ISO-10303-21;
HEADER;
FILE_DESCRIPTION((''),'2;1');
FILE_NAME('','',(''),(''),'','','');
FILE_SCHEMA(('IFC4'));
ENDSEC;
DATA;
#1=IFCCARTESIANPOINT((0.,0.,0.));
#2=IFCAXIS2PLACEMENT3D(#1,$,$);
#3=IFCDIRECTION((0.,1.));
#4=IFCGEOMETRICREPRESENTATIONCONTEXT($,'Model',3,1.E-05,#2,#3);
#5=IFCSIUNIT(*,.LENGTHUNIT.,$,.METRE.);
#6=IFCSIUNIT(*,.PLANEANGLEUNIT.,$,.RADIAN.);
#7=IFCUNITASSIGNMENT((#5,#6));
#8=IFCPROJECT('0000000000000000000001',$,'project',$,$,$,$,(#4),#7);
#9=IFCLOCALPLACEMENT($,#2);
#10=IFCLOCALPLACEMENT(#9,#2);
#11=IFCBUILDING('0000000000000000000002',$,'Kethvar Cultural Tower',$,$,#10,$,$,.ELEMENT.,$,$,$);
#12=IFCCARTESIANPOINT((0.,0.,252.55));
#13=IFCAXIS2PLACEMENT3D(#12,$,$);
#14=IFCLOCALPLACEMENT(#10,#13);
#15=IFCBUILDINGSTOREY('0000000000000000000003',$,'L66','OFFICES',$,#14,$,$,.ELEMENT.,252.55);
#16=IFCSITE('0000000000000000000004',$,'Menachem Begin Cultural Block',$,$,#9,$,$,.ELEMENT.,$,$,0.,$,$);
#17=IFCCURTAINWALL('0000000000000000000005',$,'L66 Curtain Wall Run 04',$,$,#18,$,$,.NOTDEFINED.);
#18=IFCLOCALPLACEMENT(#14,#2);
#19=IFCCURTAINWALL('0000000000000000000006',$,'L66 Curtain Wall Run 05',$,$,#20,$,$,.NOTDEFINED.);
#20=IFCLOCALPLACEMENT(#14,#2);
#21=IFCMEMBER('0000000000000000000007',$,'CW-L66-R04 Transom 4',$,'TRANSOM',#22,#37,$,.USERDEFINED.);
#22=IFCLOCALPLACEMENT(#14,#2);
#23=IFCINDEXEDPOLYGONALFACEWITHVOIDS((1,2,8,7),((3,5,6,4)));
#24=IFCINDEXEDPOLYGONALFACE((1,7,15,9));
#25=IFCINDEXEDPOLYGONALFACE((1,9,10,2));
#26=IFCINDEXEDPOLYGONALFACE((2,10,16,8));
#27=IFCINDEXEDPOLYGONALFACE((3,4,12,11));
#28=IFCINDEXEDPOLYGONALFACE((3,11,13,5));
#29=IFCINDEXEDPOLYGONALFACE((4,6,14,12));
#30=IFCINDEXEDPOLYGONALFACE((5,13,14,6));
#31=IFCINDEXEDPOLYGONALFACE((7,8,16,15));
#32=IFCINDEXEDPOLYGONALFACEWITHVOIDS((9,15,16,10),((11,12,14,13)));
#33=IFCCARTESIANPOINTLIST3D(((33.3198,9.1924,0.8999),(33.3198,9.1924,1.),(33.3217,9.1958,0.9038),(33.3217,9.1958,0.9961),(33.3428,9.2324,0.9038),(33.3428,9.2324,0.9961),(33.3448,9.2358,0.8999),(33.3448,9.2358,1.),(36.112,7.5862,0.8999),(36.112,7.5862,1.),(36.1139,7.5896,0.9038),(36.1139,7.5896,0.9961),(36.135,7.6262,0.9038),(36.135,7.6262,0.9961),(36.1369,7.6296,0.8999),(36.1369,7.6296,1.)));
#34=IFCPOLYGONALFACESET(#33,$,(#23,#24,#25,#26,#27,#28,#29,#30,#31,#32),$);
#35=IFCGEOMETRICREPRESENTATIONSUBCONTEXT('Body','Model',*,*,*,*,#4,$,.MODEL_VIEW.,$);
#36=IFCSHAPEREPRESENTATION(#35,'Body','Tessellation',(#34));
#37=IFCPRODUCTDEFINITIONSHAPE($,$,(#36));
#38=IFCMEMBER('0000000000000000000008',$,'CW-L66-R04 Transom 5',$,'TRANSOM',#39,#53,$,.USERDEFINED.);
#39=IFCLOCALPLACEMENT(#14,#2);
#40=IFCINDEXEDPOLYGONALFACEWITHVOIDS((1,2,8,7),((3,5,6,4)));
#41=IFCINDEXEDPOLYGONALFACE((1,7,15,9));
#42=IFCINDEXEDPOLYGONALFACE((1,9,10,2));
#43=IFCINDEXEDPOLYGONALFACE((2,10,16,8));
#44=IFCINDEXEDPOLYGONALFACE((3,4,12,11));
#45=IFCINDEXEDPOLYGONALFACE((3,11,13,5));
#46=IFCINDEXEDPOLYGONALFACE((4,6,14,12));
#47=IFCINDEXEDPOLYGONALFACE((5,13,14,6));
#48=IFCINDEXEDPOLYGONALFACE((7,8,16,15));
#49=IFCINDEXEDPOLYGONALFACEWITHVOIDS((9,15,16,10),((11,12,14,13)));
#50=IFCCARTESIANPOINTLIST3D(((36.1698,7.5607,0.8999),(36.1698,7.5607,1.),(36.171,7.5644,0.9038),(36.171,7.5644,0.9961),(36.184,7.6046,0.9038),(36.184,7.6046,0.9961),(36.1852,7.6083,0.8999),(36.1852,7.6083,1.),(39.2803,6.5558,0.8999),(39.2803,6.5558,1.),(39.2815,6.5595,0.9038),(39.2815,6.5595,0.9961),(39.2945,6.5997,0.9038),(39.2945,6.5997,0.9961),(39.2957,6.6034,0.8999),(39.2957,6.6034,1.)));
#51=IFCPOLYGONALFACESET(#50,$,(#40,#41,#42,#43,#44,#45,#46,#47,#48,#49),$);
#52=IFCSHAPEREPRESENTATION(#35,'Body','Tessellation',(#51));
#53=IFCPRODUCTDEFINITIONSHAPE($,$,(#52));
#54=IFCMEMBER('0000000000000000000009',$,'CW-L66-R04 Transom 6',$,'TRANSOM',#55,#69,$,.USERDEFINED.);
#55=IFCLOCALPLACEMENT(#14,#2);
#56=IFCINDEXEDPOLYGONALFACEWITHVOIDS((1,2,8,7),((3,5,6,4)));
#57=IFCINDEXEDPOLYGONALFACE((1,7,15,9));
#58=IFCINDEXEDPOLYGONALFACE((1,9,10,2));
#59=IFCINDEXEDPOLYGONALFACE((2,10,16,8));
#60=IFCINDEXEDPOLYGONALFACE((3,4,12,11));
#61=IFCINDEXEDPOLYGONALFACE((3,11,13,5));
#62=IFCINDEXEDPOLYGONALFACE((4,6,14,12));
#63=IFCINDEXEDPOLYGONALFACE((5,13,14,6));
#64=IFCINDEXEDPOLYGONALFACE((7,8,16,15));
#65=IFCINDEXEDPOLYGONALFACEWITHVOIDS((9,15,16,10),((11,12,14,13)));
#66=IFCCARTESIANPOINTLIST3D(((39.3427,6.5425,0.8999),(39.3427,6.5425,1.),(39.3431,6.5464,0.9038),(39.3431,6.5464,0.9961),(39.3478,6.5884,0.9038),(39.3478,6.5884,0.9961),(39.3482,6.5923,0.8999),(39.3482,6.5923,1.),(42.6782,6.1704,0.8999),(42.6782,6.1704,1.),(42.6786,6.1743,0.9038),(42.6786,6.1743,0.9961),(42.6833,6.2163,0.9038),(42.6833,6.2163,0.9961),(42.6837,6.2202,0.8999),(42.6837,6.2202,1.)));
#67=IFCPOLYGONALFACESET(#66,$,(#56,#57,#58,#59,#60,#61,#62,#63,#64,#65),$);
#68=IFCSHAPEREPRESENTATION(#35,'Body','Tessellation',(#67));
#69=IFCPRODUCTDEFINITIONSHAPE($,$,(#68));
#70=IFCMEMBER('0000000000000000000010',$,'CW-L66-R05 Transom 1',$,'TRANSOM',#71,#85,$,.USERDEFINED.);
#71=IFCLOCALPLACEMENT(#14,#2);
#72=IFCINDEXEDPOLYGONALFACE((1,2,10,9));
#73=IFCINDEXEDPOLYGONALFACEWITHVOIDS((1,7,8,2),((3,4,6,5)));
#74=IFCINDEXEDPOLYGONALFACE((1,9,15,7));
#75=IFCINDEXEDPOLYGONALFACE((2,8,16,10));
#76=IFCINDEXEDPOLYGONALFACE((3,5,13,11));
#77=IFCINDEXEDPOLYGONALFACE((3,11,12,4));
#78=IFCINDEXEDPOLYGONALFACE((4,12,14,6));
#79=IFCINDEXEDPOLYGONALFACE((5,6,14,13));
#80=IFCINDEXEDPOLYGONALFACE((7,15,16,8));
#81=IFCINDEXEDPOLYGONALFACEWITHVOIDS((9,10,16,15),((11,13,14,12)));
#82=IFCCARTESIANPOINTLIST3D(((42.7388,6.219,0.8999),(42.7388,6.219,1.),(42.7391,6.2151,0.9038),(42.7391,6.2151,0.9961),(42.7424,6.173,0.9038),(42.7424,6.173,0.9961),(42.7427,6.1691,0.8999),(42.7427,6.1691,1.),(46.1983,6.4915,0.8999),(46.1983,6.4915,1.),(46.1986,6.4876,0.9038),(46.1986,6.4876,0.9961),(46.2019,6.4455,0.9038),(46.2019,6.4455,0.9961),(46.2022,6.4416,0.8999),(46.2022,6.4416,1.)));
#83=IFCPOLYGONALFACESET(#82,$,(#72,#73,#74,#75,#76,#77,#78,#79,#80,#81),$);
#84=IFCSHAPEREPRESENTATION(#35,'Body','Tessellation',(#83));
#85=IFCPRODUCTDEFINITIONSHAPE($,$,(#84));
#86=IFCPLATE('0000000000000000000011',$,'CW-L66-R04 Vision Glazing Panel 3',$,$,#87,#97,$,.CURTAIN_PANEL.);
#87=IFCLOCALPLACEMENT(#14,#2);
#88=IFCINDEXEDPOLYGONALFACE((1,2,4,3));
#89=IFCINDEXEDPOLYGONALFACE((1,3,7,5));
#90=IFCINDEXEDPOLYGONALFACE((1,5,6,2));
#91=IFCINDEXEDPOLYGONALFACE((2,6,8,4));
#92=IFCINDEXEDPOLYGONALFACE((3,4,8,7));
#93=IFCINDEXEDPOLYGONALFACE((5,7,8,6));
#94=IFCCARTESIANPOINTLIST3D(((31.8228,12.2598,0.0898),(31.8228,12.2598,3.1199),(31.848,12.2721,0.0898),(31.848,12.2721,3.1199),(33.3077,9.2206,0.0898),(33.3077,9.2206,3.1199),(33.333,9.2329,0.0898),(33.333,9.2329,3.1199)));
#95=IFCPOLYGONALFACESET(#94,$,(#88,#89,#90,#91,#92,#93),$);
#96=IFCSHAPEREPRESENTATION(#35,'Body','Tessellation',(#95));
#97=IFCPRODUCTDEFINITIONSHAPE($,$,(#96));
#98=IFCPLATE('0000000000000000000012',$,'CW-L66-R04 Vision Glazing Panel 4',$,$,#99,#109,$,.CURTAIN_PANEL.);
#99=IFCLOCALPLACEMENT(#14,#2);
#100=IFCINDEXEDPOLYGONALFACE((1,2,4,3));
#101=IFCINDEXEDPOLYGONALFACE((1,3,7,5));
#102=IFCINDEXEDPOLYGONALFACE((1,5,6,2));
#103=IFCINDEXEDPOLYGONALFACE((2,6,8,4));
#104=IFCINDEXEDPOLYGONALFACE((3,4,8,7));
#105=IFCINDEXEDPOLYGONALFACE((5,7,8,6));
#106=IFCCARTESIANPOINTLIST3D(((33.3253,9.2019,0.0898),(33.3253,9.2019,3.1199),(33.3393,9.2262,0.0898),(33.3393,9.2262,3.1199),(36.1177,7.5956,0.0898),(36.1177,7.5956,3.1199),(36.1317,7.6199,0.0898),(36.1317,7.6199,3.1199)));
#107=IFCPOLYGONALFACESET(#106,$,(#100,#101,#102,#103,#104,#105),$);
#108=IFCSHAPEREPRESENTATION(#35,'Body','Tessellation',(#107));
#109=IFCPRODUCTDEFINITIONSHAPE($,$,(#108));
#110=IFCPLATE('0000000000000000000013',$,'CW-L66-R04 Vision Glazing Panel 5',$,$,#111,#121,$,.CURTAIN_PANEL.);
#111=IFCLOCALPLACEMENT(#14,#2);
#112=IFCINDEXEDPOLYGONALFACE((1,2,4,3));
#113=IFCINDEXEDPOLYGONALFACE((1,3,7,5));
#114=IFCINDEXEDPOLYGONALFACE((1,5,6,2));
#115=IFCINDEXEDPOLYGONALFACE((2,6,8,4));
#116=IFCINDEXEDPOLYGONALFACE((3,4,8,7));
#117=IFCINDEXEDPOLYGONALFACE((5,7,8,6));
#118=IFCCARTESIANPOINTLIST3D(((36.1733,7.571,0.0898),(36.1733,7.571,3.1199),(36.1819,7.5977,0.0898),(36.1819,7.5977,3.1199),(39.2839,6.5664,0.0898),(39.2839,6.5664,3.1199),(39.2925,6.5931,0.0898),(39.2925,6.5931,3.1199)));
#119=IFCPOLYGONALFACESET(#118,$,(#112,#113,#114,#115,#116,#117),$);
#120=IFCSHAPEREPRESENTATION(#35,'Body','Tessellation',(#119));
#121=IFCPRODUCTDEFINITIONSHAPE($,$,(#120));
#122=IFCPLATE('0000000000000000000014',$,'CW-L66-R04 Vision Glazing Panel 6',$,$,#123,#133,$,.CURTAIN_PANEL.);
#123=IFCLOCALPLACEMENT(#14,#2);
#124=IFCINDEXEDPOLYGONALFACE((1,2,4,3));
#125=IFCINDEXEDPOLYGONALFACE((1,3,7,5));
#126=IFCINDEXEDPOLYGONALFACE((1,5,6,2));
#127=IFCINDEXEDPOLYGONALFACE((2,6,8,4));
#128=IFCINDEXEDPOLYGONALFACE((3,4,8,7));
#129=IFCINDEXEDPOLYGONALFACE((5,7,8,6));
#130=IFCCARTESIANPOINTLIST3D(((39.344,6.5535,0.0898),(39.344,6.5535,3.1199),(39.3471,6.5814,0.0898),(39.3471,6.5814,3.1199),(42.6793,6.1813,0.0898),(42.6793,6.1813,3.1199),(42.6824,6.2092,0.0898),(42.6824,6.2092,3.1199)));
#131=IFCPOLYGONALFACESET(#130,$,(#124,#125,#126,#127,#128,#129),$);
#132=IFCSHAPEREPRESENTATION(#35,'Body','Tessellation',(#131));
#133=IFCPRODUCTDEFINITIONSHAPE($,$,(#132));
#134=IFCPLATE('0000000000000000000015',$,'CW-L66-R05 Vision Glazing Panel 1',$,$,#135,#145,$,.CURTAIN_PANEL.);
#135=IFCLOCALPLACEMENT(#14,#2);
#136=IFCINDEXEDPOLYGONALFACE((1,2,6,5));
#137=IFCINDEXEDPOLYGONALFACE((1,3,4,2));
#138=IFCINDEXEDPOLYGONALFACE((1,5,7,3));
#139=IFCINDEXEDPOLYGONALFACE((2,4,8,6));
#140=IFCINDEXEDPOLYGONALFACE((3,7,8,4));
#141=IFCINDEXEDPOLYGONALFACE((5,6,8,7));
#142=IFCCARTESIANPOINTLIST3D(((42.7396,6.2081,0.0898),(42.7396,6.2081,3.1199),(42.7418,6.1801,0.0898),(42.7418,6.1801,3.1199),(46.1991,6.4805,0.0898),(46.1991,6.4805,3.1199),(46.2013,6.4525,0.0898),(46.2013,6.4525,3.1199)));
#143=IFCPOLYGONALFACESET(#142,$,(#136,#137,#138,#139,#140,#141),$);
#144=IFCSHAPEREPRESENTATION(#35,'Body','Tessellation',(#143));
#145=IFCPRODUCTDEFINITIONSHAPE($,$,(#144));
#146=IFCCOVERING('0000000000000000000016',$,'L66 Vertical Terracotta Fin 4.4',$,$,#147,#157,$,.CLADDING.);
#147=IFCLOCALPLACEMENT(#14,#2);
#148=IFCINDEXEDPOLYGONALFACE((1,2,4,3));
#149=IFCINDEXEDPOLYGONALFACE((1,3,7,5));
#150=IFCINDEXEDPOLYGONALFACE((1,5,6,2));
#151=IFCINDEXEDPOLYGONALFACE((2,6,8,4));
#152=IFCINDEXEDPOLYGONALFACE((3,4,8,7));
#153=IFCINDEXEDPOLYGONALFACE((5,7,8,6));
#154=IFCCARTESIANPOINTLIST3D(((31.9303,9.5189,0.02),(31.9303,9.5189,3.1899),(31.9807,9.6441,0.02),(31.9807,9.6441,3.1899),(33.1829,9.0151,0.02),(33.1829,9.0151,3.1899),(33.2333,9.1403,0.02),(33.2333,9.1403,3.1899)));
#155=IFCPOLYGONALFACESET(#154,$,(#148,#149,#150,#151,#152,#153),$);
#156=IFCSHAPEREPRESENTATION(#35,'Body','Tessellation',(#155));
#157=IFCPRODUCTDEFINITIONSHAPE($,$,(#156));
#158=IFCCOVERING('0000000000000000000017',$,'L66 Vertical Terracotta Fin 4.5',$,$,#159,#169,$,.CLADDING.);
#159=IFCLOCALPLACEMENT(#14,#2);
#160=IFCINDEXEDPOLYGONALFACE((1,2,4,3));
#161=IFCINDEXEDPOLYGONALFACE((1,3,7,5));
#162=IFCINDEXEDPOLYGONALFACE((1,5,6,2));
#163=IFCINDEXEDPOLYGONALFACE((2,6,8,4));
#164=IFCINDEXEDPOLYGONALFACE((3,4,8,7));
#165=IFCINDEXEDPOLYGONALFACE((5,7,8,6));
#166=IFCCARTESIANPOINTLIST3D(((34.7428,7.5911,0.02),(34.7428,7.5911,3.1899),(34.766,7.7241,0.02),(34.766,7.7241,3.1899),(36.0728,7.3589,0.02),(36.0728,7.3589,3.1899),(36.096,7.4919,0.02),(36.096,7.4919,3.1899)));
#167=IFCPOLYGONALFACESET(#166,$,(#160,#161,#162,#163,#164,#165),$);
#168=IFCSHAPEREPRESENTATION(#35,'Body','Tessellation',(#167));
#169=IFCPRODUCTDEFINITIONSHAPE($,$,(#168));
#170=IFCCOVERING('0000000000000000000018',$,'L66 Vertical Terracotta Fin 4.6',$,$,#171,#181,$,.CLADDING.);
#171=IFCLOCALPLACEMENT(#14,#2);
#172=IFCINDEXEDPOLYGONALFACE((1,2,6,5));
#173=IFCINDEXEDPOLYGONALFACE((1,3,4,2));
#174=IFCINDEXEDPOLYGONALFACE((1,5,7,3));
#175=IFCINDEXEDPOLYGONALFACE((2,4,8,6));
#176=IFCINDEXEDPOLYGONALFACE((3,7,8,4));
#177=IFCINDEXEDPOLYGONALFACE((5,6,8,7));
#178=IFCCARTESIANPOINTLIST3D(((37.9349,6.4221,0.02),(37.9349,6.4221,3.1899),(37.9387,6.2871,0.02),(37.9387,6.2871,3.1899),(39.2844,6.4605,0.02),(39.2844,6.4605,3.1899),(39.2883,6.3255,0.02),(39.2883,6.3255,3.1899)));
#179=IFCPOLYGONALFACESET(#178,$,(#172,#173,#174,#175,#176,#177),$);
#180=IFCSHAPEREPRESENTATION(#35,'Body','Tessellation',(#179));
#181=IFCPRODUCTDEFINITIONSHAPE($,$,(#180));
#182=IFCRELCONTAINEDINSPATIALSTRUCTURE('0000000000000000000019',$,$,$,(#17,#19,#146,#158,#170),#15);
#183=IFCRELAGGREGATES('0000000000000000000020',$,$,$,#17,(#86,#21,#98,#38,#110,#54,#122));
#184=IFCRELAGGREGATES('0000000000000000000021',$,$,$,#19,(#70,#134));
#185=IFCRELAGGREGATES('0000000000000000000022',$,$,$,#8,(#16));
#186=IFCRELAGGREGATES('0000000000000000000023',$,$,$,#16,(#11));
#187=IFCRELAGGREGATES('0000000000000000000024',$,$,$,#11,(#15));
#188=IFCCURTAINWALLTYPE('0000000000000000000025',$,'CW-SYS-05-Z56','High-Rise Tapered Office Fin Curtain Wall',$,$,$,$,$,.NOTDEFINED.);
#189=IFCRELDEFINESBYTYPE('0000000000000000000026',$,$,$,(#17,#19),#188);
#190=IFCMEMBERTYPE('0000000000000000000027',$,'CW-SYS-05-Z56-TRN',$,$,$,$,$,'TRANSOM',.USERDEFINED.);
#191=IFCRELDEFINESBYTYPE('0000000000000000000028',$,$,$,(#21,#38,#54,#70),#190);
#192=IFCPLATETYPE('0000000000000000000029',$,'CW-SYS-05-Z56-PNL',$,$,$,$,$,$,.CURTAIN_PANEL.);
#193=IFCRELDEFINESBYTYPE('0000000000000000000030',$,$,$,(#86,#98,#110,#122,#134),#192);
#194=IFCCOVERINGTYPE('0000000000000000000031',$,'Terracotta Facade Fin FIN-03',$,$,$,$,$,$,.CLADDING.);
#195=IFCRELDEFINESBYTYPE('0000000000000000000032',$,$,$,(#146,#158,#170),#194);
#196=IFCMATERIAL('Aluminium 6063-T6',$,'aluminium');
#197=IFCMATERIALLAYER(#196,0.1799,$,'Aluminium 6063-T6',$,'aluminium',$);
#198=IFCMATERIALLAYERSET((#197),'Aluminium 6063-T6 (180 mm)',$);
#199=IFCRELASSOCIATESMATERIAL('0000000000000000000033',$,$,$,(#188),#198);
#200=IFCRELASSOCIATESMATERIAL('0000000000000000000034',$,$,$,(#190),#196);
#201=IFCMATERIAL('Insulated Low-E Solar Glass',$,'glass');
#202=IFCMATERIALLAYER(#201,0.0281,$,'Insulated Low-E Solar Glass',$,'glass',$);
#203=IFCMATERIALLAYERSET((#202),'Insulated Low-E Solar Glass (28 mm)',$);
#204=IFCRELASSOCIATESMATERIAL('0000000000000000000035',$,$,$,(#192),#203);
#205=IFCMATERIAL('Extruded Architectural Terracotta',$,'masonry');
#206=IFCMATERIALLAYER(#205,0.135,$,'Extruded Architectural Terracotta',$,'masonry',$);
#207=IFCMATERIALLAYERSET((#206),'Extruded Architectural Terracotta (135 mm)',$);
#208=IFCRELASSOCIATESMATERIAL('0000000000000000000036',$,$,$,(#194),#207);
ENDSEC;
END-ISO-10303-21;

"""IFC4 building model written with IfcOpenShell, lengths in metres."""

from ifc_helpers import new_model, si_unit, direction, frame, origin, origin_2d, place, context, subcontext, project, spatial, rectangle, hollow_rectangle, extrude, source, transform, mapped, material, layer, layer_set, material_profile, profile_set, type_object, element, aggregate, save


model = new_model("IFC4")

# Units and contexts
model_context = context("Model", 3, precision=1e-05, world=origin(), true_north=direction((0.0, 1.0)))
body_context = subcontext(model_context, "Body", "Model", "MODEL_VIEW")
ifc_project = project(units=[si_unit("LENGTHUNIT", "METRE"), si_unit("PLANEANGLEUNIT", "RADIAN")], contexts=[model_context])

# Site, building, storey
site_placement = place(None, origin())
site = spatial("IfcSite", under=ifc_project, at=site_placement, Name="Menachem Begin Cultural Block", CompositionType="ELEMENT", RefElevation=0.0)
building_placement = place(site_placement, origin())
building = spatial("IfcBuilding", under=site, at=building_placement, Name="Kethvar Cultural Tower", CompositionType="ELEMENT")
storey_placement = place(building_placement, frame((0.0, 0.0, 252.55)))
storey = spatial("IfcBuildingStorey", under=building, at=storey_placement, Name="L66", Description="OFFICES", CompositionType="ELEMENT", Elevation=252.55)

# Curtain wall
ifc_material_1 = material(Name="Aluminium 6063-T6", Category="aluminium")
ifc_layer_1 = layer(ifc_material_1, 0.1799, Name="Aluminium 6063-T6", Category="aluminium")
ifc_layer_set_1 = layer_set([ifc_layer_1], Name="Aluminium 6063-T6 (180 mm)")
curtain_wall_type = type_object("IfcCurtainWallType", Name="CW-SYS-05-Z56", Description="High-Rise Tapered Office Fin Curtain Wall", PredefinedType="NOTDEFINED", material=ifc_layer_set_1)
curtain_wall_1_placement = place(storey_placement, origin())
curtain_wall_1 = element("IfcCurtainWall", 1, at=curtain_wall_1_placement, inside=storey, type_object=curtain_wall_type, Name="L66 Curtain Wall Run 04", PredefinedType="NOTDEFINED")

# Curtain wall
curtain_wall_2_placement = place(storey_placement, origin())
curtain_wall_2 = element("IfcCurtainWall", 2, at=curtain_wall_2_placement, inside=storey, type_object=curtain_wall_type, Name="L66 Curtain Wall Run 05", PredefinedType="NOTDEFINED")

# Members
ifc_material_profile_1 = material_profile(ifc_material_1, hollow_rectangle(XDim=0.05, YDim=0.1001, WallThickness=0.0039, at=origin_2d()), Name="Aluminium 6063-T6 — RHS100x50x4")
ifc_profile_set_1 = profile_set([ifc_material_profile_1], Name="Aluminium 6063-T6 — RHS100x50x4")
member_type_1 = type_object("IfcMemberType", Name="CW-SYS-05-Z56-TRN", ElementType="TRANSOM", PredefinedType="USERDEFINED", material=ifc_profile_set_1)
shared_shape_1 = source(origin(), body_context, "Body", "SweptSolid", [
    extrude(hollow_rectangle(XDim=0.05, YDim=0.1001, WallThickness=0.0039, at=origin_2d()), origin(), (0.0, 0.0, 1.0), 3.2212),
])
member_1_placement = place(storey_placement, frame((33.3323, 9.2141, 0.95), z_axis=(0.866817, -0.498626, 0.0), x_axis=(0.498626, 0.866817, 0.0)))
member_1 = element("IfcMember", 3, at=member_1_placement, type_object=member_type_1, Name="CW-L66-R04 Transom 4", ObjectType="TRANSOM", PredefinedType="USERDEFINED", context=body_context, shape_type="MappedRepresentation", body=[
    mapped(shared_shape_1, transform((0.0, 0.0, 0.0), scale=1.0)),
])
shared_shape_2 = source(origin(), body_context, "Body", "SweptSolid", [
    extrude(hollow_rectangle(XDim=0.05, YDim=0.1001, WallThickness=0.0039, at=origin_2d()), origin(), (0.0, 0.0, 1.0), 3.2688),
])
member_2_placement = place(storey_placement, frame((36.1775, 7.5845, 0.95), z_axis=(0.951578, -0.307409, 0.0), x_axis=(0.307409, 0.951578, 0.0)))
member_2 = element("IfcMember", 4, at=member_2_placement, type_object=member_type_1, Name="CW-L66-R04 Transom 5", ObjectType="TRANSOM", PredefinedType="USERDEFINED", context=body_context, shape_type="MappedRepresentation", body=[
    mapped(shared_shape_2, transform((0.0, 0.0, 0.0), scale=1.0)),
])
shared_shape_3 = source(origin(), body_context, "Body", "SweptSolid", [
    extrude(hollow_rectangle(XDim=0.05, YDim=0.1001, WallThickness=0.0039, at=origin_2d()), origin(), (0.0, 0.0, 1.0), 3.3562),
])
member_3_placement = place(storey_placement, frame((39.3455, 6.5674, 0.95), z_axis=(0.993836, -0.110863, 0.0), x_axis=(0.110863, 0.993836, 0.0)))
member_3 = element("IfcMember", 5, at=member_3_placement, type_object=member_type_1, Name="CW-L66-R04 Transom 6", ObjectType="TRANSOM", PredefinedType="USERDEFINED", context=body_context, shape_type="MappedRepresentation", body=[
    mapped(shared_shape_3, transform((0.0, 0.0, 0.0), scale=1.0)),
])
shared_shape_4 = source(origin(), body_context, "Body", "SweptSolid", [
    extrude(hollow_rectangle(XDim=0.05, YDim=0.1001, WallThickness=0.0039, at=origin_2d()), origin(), (0.0, 0.0, 1.0), 3.4702),
])
member_4_placement = place(storey_placement, frame((42.7407, 6.1941, 0.95), z_axis=(0.996913, 0.078515, 0.0), x_axis=(-0.078515, 0.996913, 0.0)))
member_4 = element("IfcMember", 6, at=member_4_placement, type_object=member_type_1, Name="CW-L66-R05 Transom 1", ObjectType="TRANSOM", PredefinedType="USERDEFINED", context=body_context, shape_type="MappedRepresentation", body=[
    mapped(shared_shape_4, transform((0.0, 0.0, 0.0), scale=1.0)),
])

# Plates
ifc_material_2 = material(Name="Insulated Low-E Solar Glass", Category="glass")
ifc_layer_2 = layer(ifc_material_2, 0.0281, Name="Insulated Low-E Solar Glass", Category="glass")
ifc_layer_set_2 = layer_set([ifc_layer_2], Name="Insulated Low-E Solar Glass (28 mm)")
plate_type = type_object("IfcPlateType", Name="CW-SYS-05-Z56-PNL", PredefinedType="CURTAIN_PANEL", material=ifc_layer_set_2)
shared_shape_5 = source(origin(), body_context, "Body", "SweptSolid", [
    extrude(rectangle(XDim=3.3826, YDim=0.0281, at=origin_2d()), origin(), (0.0, 0.0, 1.0), 3.03),
])
plate_1_placement = place(storey_placement, frame((32.5779, 10.7463, 0.0898), z_axis=(0.0, 0.0, 1.0), x_axis=(0.438999, -0.898488, 0.0)))
plate_1 = element("IfcPlate", 7, at=plate_1_placement, type_object=plate_type, Name="CW-L66-R04 Vision Glazing Panel 3", PredefinedType="CURTAIN_PANEL", context=body_context, shape_type="MappedRepresentation", body=[
    mapped(shared_shape_5, transform((0.0, 0.0, 0.0), scale=1.0)),
])
shared_shape_6 = source(origin(), body_context, "Body", "SweptSolid", [
    extrude(rectangle(XDim=3.2214, YDim=0.0281, at=origin_2d()), origin(), (0.0, 0.0, 1.0), 3.03),
])
plate_2_placement = place(storey_placement, frame((34.7285, 8.4109, 0.0898), z_axis=(0.0, 0.0, 1.0), x_axis=(0.866818, -0.498624, 0.0)))
plate_2 = element("IfcPlate", 8, at=plate_2_placement, type_object=plate_type, Name="CW-L66-R04 Vision Glazing Panel 4", PredefinedType="CURTAIN_PANEL", context=body_context, shape_type="MappedRepresentation", body=[
    mapped(shared_shape_6, transform((0.0, 0.0, 0.0), scale=1.0)),
])
shared_shape_7 = source(origin(), body_context, "Body", "SweptSolid", [
    extrude(rectangle(XDim=3.2688, YDim=0.0281, at=origin_2d()), origin(), (0.0, 0.0, 1.0), 3.03),
])
plate_3_placement = place(storey_placement, frame((37.7329, 7.082, 0.0898), z_axis=(0.0, 0.0, 1.0), x_axis=(0.9516, -0.30734, 0.0)))
plate_3 = element("IfcPlate", 9, at=plate_3_placement, type_object=plate_type, Name="CW-L66-R04 Vision Glazing Panel 5", PredefinedType="CURTAIN_PANEL", context=body_context, shape_type="MappedRepresentation", body=[
    mapped(shared_shape_7, transform((0.0, 0.0, 0.0), scale=1.0)),
])
shared_shape_8 = source(origin(), body_context, "Body", "SweptSolid", [
    extrude(rectangle(XDim=3.356, YDim=0.0281, at=origin_2d()), origin(), (0.0, 0.0, 1.0), 3.03),
])
plate_4_placement = place(storey_placement, frame((41.0132, 6.3813, 0.0898), z_axis=(0.0, 0.0, 1.0), x_axis=(0.99383, -0.110914, 0.0)))
plate_4 = element("IfcPlate", 10, at=plate_4_placement, type_object=plate_type, Name="CW-L66-R04 Vision Glazing Panel 6", PredefinedType="CURTAIN_PANEL", context=body_context, shape_type="MappedRepresentation", body=[
    mapped(shared_shape_8, transform((0.0, 0.0, 0.0), scale=1.0)),
])
aggregate(curtain_wall_1, [plate_1, member_1, plate_2, member_2, plate_3, member_3, plate_4])
shared_shape_9 = source(origin(), body_context, "Body", "SweptSolid", [
    extrude(rectangle(XDim=3.4702, YDim=0.0281, at=origin_2d()), origin(), (0.0, 0.0, 1.0), 3.03),
])
plate_5_placement = place(storey_placement, frame((44.4705, 6.3303, 0.0898), z_axis=(0.0, 0.0, 1.0), x_axis=(0.996915, 0.078494, 0.0)))
plate_5 = element("IfcPlate", 11, at=plate_5_placement, type_object=plate_type, Name="CW-L66-R05 Vision Glazing Panel 1", PredefinedType="CURTAIN_PANEL", context=body_context, shape_type="MappedRepresentation", body=[
    mapped(shared_shape_9, transform((0.0, 0.0, 0.0), scale=1.0)),
])
aggregate(curtain_wall_2, [member_4, plate_5])

# Coverings
ifc_material_3 = material(Name="Extruded Architectural Terracotta", Category="masonry")
ifc_layer_3 = layer(ifc_material_3, 0.135, Name="Extruded Architectural Terracotta", Category="masonry")
ifc_layer_set_3 = layer_set([ifc_layer_3], Name="Extruded Architectural Terracotta (135 mm)")
covering_type = type_object("IfcCoveringType", Name="Terracotta Facade Fin FIN-03", PredefinedType="CLADDING", material=ifc_layer_set_3)
shared_shape_10 = source(origin(), body_context, "Body", "SweptSolid", [
    extrude(rectangle(XDim=1.3501, YDim=0.135, at=origin_2d()), origin(), (0.0, 0.0, 1.0), 3.1699),
])
for number, where, z_axis, x_axis, name in (
    (12, (32.5818, 9.3296, 0.02), (0.0, 0.0, 1.0), (-0.927771, 0.37315, 0.0), "L66 Vertical Terracotta Fin 4.4"),
    (13, (35.4194, 7.5415, 0.02), (0.0, 0.0, 1.0), (-0.985109, 0.171929, 0.0), "L66 Vertical Terracotta Fin 4.5"),
    (14, (38.6116, 6.3738, 0.02), (0.0, 0.0, 1.0), (-0.999595, -0.028445, 0.0), "L66 Vertical Terracotta Fin 4.6"),
):
    element("IfcCovering", number, at=place(storey_placement, frame(where, z_axis=z_axis, x_axis=x_axis)), inside=storey, type_object=covering_type, Name=name, PredefinedType="CLADDING", context=body_context, shape_type="MappedRepresentation", body=[
        mapped(shared_shape_10, transform((0.0, 0.0, 0.0), scale=1.0)),
    ])

save(model, "model.ifc")
